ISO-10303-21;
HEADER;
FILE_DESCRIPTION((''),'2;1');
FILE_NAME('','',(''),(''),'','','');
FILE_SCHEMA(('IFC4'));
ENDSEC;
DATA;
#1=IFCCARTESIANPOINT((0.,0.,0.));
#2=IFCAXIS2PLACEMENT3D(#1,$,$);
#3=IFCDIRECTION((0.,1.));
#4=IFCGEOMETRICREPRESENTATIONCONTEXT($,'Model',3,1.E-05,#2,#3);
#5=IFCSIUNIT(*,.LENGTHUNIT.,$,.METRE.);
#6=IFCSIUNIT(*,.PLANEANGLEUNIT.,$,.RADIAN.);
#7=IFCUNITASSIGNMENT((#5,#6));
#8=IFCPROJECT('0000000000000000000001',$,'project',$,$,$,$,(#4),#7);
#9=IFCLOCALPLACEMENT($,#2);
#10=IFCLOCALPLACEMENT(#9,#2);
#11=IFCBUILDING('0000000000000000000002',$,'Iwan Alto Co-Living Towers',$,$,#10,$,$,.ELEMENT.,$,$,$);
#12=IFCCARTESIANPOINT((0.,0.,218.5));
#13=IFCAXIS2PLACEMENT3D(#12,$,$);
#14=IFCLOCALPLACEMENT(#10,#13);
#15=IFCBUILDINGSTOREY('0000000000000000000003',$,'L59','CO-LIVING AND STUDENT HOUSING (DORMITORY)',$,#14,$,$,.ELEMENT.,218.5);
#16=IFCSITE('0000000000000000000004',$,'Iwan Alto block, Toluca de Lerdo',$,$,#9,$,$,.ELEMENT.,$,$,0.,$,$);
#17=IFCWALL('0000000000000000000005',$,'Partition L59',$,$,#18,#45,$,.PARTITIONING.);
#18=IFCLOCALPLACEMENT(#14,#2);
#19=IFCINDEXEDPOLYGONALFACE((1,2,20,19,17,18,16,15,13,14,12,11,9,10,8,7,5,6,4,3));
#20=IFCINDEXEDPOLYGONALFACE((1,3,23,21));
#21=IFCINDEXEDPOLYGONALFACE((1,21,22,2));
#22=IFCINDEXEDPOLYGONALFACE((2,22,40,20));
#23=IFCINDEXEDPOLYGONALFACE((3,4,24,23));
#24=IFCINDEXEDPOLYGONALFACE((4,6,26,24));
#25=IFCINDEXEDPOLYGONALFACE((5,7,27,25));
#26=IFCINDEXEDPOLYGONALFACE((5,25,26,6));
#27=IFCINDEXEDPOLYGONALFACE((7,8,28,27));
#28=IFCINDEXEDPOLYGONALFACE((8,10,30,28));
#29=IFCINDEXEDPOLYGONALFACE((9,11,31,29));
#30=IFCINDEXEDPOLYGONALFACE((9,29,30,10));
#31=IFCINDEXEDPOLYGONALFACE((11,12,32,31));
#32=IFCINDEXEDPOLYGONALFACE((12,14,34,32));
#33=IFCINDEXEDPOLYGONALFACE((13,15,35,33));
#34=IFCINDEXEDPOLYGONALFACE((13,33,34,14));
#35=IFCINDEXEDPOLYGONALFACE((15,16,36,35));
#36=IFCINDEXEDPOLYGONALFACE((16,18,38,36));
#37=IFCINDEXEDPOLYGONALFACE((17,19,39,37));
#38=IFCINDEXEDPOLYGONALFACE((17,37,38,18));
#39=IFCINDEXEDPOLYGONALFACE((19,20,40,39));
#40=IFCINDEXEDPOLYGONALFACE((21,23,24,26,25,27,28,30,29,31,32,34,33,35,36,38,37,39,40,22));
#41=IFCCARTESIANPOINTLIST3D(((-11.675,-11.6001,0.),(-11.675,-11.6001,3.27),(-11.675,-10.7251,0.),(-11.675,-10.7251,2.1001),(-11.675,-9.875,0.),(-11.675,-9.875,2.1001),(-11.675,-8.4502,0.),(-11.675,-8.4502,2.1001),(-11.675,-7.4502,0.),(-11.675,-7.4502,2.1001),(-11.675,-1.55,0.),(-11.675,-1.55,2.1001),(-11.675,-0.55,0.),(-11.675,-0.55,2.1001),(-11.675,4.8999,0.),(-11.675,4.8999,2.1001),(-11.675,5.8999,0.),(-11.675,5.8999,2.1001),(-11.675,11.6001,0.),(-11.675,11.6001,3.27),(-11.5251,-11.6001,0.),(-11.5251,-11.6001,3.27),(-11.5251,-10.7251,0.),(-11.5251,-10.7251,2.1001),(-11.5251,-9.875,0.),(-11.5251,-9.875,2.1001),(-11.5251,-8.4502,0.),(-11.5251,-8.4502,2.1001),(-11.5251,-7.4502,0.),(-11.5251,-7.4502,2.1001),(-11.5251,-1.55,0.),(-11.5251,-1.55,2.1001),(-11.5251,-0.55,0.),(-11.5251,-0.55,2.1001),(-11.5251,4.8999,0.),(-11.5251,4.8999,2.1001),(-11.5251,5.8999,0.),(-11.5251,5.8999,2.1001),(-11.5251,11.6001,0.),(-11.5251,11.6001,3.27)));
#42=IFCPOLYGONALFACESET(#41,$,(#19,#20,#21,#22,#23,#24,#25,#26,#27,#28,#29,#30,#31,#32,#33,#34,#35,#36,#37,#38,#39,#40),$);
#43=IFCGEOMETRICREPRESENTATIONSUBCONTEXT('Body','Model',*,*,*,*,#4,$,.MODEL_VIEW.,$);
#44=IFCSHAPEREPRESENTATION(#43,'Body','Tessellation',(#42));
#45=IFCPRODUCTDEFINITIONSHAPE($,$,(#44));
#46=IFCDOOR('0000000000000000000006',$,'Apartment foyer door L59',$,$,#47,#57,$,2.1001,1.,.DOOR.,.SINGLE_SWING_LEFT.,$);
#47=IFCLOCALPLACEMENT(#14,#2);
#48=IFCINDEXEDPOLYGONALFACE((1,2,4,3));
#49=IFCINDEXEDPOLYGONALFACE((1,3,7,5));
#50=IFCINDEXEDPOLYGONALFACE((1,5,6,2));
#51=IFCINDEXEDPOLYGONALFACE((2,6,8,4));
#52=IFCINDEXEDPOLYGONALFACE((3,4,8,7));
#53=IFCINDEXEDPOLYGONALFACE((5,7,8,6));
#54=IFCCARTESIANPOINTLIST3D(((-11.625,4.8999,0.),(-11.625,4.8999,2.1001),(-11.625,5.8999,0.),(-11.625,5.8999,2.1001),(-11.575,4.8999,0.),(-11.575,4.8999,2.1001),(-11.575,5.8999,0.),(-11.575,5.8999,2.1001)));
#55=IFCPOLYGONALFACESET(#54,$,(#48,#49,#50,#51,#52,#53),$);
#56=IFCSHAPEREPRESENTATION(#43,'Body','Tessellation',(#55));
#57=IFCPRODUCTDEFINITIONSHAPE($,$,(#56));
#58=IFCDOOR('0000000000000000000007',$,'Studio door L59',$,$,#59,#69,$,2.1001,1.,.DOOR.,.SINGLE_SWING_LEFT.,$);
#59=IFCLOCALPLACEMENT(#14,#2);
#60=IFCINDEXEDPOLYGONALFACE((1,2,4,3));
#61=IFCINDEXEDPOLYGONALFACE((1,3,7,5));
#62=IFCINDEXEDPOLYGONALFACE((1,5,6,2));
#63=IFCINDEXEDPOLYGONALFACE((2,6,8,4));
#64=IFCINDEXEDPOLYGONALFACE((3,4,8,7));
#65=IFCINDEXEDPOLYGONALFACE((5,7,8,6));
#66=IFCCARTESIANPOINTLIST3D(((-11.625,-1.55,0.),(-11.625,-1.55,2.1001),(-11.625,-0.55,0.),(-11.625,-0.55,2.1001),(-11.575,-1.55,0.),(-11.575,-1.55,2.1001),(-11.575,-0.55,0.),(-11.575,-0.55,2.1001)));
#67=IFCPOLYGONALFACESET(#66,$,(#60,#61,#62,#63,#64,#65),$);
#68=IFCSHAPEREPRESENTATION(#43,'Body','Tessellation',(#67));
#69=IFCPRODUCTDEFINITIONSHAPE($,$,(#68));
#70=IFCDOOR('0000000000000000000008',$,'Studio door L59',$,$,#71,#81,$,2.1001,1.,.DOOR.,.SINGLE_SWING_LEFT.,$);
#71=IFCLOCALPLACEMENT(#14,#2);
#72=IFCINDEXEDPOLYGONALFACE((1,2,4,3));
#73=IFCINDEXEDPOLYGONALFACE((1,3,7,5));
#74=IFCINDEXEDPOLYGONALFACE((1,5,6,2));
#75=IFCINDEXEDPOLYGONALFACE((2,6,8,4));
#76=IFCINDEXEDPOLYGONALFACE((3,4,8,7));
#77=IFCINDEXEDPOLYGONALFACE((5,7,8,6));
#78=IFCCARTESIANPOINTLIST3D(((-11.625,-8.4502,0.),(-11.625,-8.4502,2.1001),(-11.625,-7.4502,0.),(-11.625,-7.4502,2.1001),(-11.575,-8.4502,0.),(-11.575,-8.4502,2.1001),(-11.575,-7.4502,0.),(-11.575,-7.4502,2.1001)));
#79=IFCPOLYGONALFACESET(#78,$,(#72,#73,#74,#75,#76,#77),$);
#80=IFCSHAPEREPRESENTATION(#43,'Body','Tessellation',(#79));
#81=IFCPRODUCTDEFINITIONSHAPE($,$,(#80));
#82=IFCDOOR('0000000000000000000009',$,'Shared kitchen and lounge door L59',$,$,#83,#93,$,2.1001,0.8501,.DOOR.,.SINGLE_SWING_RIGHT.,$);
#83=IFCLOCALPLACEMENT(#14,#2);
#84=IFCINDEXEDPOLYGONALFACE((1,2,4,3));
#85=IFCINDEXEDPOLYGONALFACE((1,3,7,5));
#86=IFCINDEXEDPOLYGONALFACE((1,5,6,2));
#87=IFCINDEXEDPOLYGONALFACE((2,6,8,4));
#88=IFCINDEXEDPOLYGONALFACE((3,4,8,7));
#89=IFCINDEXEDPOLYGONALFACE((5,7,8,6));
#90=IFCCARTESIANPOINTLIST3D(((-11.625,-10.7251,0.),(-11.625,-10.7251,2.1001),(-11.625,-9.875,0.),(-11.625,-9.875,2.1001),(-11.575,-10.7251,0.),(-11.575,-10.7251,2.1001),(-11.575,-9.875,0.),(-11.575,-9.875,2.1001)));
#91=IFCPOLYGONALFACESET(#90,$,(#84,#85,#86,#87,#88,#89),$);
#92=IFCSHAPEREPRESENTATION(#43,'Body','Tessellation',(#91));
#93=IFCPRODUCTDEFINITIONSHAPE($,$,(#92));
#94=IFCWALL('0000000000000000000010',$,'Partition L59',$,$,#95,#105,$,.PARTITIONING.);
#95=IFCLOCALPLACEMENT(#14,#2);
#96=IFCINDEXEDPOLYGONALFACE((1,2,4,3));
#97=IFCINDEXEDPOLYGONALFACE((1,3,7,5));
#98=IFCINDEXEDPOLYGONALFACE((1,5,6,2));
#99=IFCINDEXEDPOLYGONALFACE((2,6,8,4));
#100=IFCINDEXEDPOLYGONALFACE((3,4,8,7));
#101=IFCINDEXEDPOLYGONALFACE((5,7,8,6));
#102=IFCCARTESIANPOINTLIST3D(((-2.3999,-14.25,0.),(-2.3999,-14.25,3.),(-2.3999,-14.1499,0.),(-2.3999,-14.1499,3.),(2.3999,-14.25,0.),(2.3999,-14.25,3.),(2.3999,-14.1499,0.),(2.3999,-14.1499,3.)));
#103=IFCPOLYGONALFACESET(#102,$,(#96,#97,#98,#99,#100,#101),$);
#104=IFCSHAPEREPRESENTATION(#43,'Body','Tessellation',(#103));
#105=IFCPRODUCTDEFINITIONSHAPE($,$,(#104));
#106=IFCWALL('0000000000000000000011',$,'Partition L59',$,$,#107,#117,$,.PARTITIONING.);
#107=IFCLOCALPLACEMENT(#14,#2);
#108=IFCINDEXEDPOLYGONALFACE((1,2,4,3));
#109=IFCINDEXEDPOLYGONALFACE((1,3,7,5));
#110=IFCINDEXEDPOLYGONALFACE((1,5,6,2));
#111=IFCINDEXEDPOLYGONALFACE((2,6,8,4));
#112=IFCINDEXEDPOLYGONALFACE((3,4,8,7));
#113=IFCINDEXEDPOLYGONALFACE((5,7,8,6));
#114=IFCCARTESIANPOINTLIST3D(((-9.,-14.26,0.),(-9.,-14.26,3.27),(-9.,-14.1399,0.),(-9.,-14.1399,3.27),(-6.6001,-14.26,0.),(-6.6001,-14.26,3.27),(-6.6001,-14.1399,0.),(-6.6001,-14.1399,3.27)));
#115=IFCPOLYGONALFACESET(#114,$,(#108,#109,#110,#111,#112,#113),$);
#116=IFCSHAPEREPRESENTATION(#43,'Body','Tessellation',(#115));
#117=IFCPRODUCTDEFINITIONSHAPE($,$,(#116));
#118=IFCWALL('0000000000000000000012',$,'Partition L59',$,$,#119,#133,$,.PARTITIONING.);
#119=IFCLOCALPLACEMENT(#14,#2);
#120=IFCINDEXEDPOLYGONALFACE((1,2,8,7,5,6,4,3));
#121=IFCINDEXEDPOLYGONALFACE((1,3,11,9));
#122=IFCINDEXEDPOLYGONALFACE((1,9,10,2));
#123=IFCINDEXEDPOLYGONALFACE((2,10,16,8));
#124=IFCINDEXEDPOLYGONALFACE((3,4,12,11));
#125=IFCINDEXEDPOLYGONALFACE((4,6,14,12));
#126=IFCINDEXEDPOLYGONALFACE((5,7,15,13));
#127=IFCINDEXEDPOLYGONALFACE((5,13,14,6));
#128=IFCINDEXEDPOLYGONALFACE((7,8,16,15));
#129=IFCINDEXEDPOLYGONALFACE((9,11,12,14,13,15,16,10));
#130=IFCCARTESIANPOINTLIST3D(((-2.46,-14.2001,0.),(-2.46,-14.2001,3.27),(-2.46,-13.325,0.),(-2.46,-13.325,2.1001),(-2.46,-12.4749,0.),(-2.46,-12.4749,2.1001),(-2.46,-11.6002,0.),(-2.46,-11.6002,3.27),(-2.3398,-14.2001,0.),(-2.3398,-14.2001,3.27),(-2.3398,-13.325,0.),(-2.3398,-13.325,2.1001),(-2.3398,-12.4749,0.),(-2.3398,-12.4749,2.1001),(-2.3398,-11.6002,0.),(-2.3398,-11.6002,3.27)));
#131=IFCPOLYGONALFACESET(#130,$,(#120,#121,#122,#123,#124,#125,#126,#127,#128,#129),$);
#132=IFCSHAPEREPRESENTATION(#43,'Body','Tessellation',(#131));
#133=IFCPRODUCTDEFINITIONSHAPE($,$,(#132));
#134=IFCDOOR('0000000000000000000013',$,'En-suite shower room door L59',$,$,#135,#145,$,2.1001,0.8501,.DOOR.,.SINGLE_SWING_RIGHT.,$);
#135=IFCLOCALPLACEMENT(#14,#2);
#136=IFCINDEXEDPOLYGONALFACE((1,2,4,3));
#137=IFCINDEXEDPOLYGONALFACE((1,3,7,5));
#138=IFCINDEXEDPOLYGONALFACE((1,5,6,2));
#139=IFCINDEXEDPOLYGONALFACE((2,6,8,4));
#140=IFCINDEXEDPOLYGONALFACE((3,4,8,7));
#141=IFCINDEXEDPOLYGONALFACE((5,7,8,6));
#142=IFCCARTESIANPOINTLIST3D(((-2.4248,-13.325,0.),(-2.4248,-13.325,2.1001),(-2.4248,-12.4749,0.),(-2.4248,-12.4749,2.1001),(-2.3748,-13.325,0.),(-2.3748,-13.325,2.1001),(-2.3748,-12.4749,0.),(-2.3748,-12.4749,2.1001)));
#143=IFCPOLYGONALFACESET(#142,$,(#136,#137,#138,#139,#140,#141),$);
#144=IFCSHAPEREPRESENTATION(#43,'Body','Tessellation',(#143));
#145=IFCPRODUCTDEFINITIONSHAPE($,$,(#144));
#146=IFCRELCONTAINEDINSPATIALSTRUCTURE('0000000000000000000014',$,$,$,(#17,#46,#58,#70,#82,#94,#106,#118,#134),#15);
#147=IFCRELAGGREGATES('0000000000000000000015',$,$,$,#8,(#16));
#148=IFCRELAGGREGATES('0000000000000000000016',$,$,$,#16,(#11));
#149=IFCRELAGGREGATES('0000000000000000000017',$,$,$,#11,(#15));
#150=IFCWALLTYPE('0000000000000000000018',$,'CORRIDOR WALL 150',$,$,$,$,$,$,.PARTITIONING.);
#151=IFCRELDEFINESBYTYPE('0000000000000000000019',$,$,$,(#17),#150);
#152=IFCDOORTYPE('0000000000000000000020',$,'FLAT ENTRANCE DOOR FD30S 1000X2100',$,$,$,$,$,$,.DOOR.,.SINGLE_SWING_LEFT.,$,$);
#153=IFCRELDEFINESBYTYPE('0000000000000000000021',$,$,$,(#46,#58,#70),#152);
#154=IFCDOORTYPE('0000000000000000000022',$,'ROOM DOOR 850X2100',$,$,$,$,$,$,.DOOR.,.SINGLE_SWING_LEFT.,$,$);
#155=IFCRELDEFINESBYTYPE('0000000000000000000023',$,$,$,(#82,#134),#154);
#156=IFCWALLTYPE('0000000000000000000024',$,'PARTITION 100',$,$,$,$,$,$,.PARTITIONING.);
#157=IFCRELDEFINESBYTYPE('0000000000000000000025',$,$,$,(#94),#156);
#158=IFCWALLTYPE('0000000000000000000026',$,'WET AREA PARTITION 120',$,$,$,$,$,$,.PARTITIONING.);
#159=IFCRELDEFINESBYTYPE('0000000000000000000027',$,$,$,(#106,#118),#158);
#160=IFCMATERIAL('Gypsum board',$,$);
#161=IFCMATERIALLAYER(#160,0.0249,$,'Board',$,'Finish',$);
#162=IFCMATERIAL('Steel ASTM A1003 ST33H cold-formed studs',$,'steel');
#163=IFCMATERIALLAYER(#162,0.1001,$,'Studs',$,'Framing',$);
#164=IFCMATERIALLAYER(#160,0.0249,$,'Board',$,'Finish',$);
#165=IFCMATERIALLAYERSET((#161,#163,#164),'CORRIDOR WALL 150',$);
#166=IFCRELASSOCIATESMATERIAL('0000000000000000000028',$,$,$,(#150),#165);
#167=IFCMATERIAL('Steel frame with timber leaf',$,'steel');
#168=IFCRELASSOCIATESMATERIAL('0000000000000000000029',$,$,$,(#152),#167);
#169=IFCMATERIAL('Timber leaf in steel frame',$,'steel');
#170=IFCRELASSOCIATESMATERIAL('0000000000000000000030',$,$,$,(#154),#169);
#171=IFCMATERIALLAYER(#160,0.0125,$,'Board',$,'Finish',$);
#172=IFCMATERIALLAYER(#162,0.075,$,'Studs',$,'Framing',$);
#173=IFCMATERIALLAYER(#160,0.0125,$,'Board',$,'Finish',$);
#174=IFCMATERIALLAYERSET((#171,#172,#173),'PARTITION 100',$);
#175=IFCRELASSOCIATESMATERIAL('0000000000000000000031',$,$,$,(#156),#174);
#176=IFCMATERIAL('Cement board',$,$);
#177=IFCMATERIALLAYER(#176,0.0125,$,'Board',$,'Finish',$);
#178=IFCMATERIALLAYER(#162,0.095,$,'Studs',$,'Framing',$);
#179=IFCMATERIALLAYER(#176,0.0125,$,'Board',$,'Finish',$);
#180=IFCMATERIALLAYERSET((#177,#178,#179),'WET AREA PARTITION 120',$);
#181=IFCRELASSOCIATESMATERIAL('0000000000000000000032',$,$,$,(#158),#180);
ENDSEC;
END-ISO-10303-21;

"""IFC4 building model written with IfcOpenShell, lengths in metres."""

from ifc_helpers import new_model, si_unit, direction, frame, frame_2d, origin, place, context, subcontext, project, spatial, rectangle, extrude, material, layer, layer_set, type_object, element, fill, save


model = new_model("IFC4")

# Units and contexts
model_context = context("Model", 3, precision=1e-05, world=origin(), true_north=direction((0.0, 1.0)))
body_context = subcontext(model_context, "Body", "Model", "MODEL_VIEW")
ifc_project = project(units=[si_unit("LENGTHUNIT", "METRE"), si_unit("PLANEANGLEUNIT", "RADIAN")], contexts=[model_context])

# Site, building, storey
site_placement = place(None, origin())
site = spatial("IfcSite", under=ifc_project, at=site_placement, Name="Iwan Alto block, Toluca de Lerdo", CompositionType="ELEMENT", RefElevation=0.0)
building_placement = place(site_placement, origin())
building = spatial("IfcBuilding", under=site, at=building_placement, Name="Iwan Alto Co-Living Towers", CompositionType="ELEMENT")
storey_placement = place(building_placement, frame((0.0, 0.0, 218.5)))
storey = spatial("IfcBuildingStorey", under=building, at=storey_placement, Name="L59", Description="CO-LIVING AND STUDENT HOUSING (DORMITORY)", CompositionType="ELEMENT", Elevation=218.5)

# Wall, openings, doors
ifc_material_1 = material(Name="Gypsum board")
ifc_layer_1 = layer(ifc_material_1, 0.0249, Name="Board", Category="Finish")
ifc_material_2 = material(Name="Steel ASTM A1003 ST33H cold-formed studs", Category="steel")
ifc_layer_2 = layer(ifc_material_2, 0.1001, Name="Studs", Category="Framing")
ifc_layer_3 = layer(ifc_material_1, 0.0249, Name="Board", Category="Finish")
ifc_layer_set_1 = layer_set([ifc_layer_1, ifc_layer_2, ifc_layer_3], Name="CORRIDOR WALL 150")
wall_type_1 = type_object("IfcWallType", Name="CORRIDOR WALL 150", PredefinedType="PARTITIONING", material=ifc_layer_set_1)
ifc_material_3 = material(Name="Steel frame with timber leaf", Category="steel")
door_type_1 = type_object("IfcDoorType", Name="FLAT ENTRANCE DOOR FD30S 1000X2100", OperationType="SINGLE_SWING_LEFT", PredefinedType="DOOR", material=ifc_material_3)
wall_1_placement = place(storey_placement, frame((-11.6001, -11.6001, 0.0), z_axis=(0.0, 0.0, 1.0), x_axis=(0.0, 1.0, 0.0)))
wall_1 = element("IfcWall", 1, at=wall_1_placement, inside=storey, type_object=wall_type_1, Name="Partition L59", PredefinedType="PARTITIONING", context=body_context, shape_type="SweptSolid", body=[
    extrude(rectangle(XDim=23.2002, YDim=0.1499, at=frame_2d((11.6001, 0.0))), origin(), (0.0, 0.0, 1.0), 3.27),
])
opening_1_placement = place(wall_1_placement, frame((16.5, 0.0, 0.0)))
opening_1 = element("IfcOpeningElement", 2, at=opening_1_placement, cuts=wall_1, PredefinedType="OPENING", context=body_context, shape_type="SweptSolid", body=[
    extrude(rectangle(XDim=1.0, YDim=2.1001, at=frame_2d((0.5, 1.05))), frame((0.0, 0.085, 0.0), z_axis=(0.0, -1.0, 0.0), x_axis=(1.0, 0.0, 0.0)), (0.0, 0.0, 1.0), 0.1699),
])
opening_2_placement = place(wall_1_placement, frame((10.05, 0.0, 0.0)))
opening_2 = element("IfcOpeningElement", 3, at=opening_2_placement, cuts=wall_1, PredefinedType="OPENING", context=body_context, shape_type="SweptSolid", body=[
    extrude(rectangle(XDim=1.0, YDim=2.1001, at=frame_2d((0.5, 1.05))), frame((0.0, 0.085, 0.0), z_axis=(0.0, -1.0, 0.0), x_axis=(1.0, 0.0, 0.0)), (0.0, 0.0, 1.0), 0.1699),
])
opening_3_placement = place(wall_1_placement, frame((3.1499, 0.0, 0.0)))
opening_3 = element("IfcOpeningElement", 4, at=opening_3_placement, cuts=wall_1, PredefinedType="OPENING", context=body_context, shape_type="SweptSolid", body=[
    extrude(rectangle(XDim=1.0, YDim=2.1001, at=frame_2d((0.5, 1.05))), frame((0.0, 0.085, 0.0), z_axis=(0.0, -1.0, 0.0), x_axis=(1.0, 0.0, 0.0)), (0.0, 0.0, 1.0), 0.1699),
])
opening_4_placement = place(wall_1_placement, frame((0.875, 0.0, 0.0)))
opening_4 = element("IfcOpeningElement", 5, at=opening_4_placement, cuts=wall_1, PredefinedType="OPENING", context=body_context, shape_type="SweptSolid", body=[
    extrude(rectangle(XDim=0.8501, YDim=2.1001, at=frame_2d((0.425, 1.05))), frame((0.0, 0.085, 0.0), z_axis=(0.0, -1.0, 0.0), x_axis=(1.0, 0.0, 0.0)), (0.0, 0.0, 1.0), 0.1699),
])
door_1_placement = place(opening_1_placement, origin())
door_1 = element("IfcDoor", 6, at=door_1_placement, inside=storey, type_object=door_type_1, Name="Apartment foyer door L59", OperationType="SINGLE_SWING_LEFT", OverallHeight=2.1001, OverallWidth=1.0, PredefinedType="DOOR", context=body_context, shape_type="SweptSolid", body=[
    extrude(rectangle(XDim=1.0, YDim=2.1001, at=frame_2d((0.5, 1.05))), frame((0.0, 0.0249, 0.0), z_axis=(0.0, -1.0, 0.0), x_axis=(1.0, 0.0, 0.0)), (0.0, 0.0, 1.0), 0.05),
])
fill(opening_1, door_1)
door_2_placement = place(opening_2_placement, origin())
door_2 = element("IfcDoor", 7, at=door_2_placement, inside=storey, type_object=door_type_1, Name="Studio door L59", OperationType="SINGLE_SWING_LEFT", OverallHeight=2.1001, OverallWidth=1.0, PredefinedType="DOOR", context=body_context, shape_type="SweptSolid", body=[
    extrude(rectangle(XDim=1.0, YDim=2.1001, at=frame_2d((0.5, 1.05))), frame((0.0, 0.0249, 0.0), z_axis=(0.0, -1.0, 0.0), x_axis=(1.0, 0.0, 0.0)), (0.0, 0.0, 1.0), 0.05),
])
fill(opening_2, door_2)
door_3_placement = place(opening_3_placement, origin())
door_3 = element("IfcDoor", 8, at=door_3_placement, inside=storey, type_object=door_type_1, Name="Studio door L59", OperationType="SINGLE_SWING_LEFT", OverallHeight=2.1001, OverallWidth=1.0, PredefinedType="DOOR", context=body_context, shape_type="SweptSolid", body=[
    extrude(rectangle(XDim=1.0, YDim=2.1001, at=frame_2d((0.5, 1.05))), frame((0.0, 0.0249, 0.0), z_axis=(0.0, -1.0, 0.0), x_axis=(1.0, 0.0, 0.0)), (0.0, 0.0, 1.0), 0.05),
])
fill(opening_3, door_3)
ifc_material_4 = material(Name="Timber leaf in steel frame", Category="steel")
door_type_2 = type_object("IfcDoorType", Name="ROOM DOOR 850X2100", OperationType="SINGLE_SWING_LEFT", PredefinedType="DOOR", material=ifc_material_4)
door_4_placement = place(opening_4_placement, origin())
door_4 = element("IfcDoor", 9, at=door_4_placement, inside=storey, type_object=door_type_2, Name="Shared kitchen and lounge door L59", OperationType="SINGLE_SWING_RIGHT", OverallHeight=2.1001, OverallWidth=0.8501, PredefinedType="DOOR", context=body_context, shape_type="SweptSolid", body=[
    extrude(rectangle(XDim=0.8501, YDim=2.1001, at=frame_2d((0.425, 1.05))), frame((0.0, 0.0249, 0.0), z_axis=(0.0, -1.0, 0.0), x_axis=(1.0, 0.0, 0.0)), (0.0, 0.0, 1.0), 0.05),
])
fill(opening_4, door_4)

# Walls
ifc_layer_4 = layer(ifc_material_1, 0.0125, Name="Board", Category="Finish")
ifc_layer_5 = layer(ifc_material_2, 0.075, Name="Studs", Category="Framing")
ifc_layer_6 = layer(ifc_material_1, 0.0125, Name="Board", Category="Finish")
ifc_layer_set_2 = layer_set([ifc_layer_4, ifc_layer_5, ifc_layer_6], Name="PARTITION 100")
wall_type_2 = type_object("IfcWallType", Name="PARTITION 100", PredefinedType="PARTITIONING", material=ifc_layer_set_2)
wall_2_placement = place(storey_placement, frame((-2.3999, -14.2, 0.0), z_axis=(0.0, 0.0, 1.0), x_axis=(1.0, 0.0, 0.0)))
element("IfcWall", 10, at=wall_2_placement, inside=storey, type_object=wall_type_2, Name="Partition L59", PredefinedType="PARTITIONING", context=body_context, shape_type="SweptSolid", body=[
    extrude(rectangle(XDim=4.7998, YDim=0.1001, at=frame_2d((2.3999, 0.0))), origin(), (0.0, 0.0, 1.0), 3.0),
])
ifc_material_5 = material(Name="Cement board")
ifc_layer_7 = layer(ifc_material_5, 0.0125, Name="Board", Category="Finish")
ifc_layer_8 = layer(ifc_material_2, 0.095, Name="Studs", Category="Framing")
ifc_layer_9 = layer(ifc_material_5, 0.0125, Name="Board", Category="Finish")
ifc_layer_set_3 = layer_set([ifc_layer_7, ifc_layer_8, ifc_layer_9], Name="WET AREA PARTITION 120")
wall_type_3 = type_object("IfcWallType", Name="WET AREA PARTITION 120", PredefinedType="PARTITIONING", material=ifc_layer_set_3)
wall_3_placement = place(storey_placement, frame((-9.0, -14.2, 0.0), z_axis=(0.0, 0.0, 1.0), x_axis=(1.0, 0.0, 0.0)))
element("IfcWall", 11, at=wall_3_placement, inside=storey, type_object=wall_type_3, Name="Partition L59", PredefinedType="PARTITIONING", context=body_context, shape_type="SweptSolid", body=[
    extrude(rectangle(XDim=2.3999, YDim=0.1201, at=frame_2d((1.2, 0.0))), origin(), (0.0, 0.0, 1.0), 3.27),
])

# Wall, opening, door
wall_4_placement = place(storey_placement, frame((-2.3999, -14.2, 0.0), z_axis=(0.0, 0.0, 1.0), x_axis=(0.0, 1.0, 0.0)))
wall_4 = element("IfcWall", 12, at=wall_4_placement, inside=storey, type_object=wall_type_3, Name="Partition L59", PredefinedType="PARTITIONING", context=body_context, shape_type="SweptSolid", body=[
    extrude(rectangle(XDim=2.5999, YDim=0.1201, at=frame_2d((1.2998, 0.0))), origin(), (0.0, 0.0, 1.0), 3.27),
])
opening_5_placement = place(wall_4_placement, frame((0.875, 0.0, 0.0)))
opening_5 = element("IfcOpeningElement", 13, at=opening_5_placement, cuts=wall_4, PredefinedType="OPENING", context=body_context, shape_type="SweptSolid", body=[
    extrude(rectangle(XDim=0.8501, YDim=2.1001, at=frame_2d((0.425, 1.05))), frame((0.0, 0.0701, 0.0), z_axis=(0.0, -1.0, 0.0), x_axis=(1.0, 0.0, 0.0)), (0.0, 0.0, 1.0), 0.1401),
])
door_5_placement = place(opening_5_placement, origin())
door_5 = element("IfcDoor", 14, at=door_5_placement, inside=storey, type_object=door_type_2, Name="En-suite shower room door L59", OperationType="SINGLE_SWING_RIGHT", OverallHeight=2.1001, OverallWidth=0.8501, PredefinedType="DOOR", context=body_context, shape_type="SweptSolid", body=[
    extrude(rectangle(XDim=0.8501, YDim=2.1001, at=frame_2d((0.425, 1.05))), frame((0.0, 0.0249, 0.0), z_axis=(0.0, -1.0, 0.0), x_axis=(1.0, 0.0, 0.0)), (0.0, 0.0, 1.0), 0.05),
])
fill(opening_5, door_5)

save(model, "model.ifc")
